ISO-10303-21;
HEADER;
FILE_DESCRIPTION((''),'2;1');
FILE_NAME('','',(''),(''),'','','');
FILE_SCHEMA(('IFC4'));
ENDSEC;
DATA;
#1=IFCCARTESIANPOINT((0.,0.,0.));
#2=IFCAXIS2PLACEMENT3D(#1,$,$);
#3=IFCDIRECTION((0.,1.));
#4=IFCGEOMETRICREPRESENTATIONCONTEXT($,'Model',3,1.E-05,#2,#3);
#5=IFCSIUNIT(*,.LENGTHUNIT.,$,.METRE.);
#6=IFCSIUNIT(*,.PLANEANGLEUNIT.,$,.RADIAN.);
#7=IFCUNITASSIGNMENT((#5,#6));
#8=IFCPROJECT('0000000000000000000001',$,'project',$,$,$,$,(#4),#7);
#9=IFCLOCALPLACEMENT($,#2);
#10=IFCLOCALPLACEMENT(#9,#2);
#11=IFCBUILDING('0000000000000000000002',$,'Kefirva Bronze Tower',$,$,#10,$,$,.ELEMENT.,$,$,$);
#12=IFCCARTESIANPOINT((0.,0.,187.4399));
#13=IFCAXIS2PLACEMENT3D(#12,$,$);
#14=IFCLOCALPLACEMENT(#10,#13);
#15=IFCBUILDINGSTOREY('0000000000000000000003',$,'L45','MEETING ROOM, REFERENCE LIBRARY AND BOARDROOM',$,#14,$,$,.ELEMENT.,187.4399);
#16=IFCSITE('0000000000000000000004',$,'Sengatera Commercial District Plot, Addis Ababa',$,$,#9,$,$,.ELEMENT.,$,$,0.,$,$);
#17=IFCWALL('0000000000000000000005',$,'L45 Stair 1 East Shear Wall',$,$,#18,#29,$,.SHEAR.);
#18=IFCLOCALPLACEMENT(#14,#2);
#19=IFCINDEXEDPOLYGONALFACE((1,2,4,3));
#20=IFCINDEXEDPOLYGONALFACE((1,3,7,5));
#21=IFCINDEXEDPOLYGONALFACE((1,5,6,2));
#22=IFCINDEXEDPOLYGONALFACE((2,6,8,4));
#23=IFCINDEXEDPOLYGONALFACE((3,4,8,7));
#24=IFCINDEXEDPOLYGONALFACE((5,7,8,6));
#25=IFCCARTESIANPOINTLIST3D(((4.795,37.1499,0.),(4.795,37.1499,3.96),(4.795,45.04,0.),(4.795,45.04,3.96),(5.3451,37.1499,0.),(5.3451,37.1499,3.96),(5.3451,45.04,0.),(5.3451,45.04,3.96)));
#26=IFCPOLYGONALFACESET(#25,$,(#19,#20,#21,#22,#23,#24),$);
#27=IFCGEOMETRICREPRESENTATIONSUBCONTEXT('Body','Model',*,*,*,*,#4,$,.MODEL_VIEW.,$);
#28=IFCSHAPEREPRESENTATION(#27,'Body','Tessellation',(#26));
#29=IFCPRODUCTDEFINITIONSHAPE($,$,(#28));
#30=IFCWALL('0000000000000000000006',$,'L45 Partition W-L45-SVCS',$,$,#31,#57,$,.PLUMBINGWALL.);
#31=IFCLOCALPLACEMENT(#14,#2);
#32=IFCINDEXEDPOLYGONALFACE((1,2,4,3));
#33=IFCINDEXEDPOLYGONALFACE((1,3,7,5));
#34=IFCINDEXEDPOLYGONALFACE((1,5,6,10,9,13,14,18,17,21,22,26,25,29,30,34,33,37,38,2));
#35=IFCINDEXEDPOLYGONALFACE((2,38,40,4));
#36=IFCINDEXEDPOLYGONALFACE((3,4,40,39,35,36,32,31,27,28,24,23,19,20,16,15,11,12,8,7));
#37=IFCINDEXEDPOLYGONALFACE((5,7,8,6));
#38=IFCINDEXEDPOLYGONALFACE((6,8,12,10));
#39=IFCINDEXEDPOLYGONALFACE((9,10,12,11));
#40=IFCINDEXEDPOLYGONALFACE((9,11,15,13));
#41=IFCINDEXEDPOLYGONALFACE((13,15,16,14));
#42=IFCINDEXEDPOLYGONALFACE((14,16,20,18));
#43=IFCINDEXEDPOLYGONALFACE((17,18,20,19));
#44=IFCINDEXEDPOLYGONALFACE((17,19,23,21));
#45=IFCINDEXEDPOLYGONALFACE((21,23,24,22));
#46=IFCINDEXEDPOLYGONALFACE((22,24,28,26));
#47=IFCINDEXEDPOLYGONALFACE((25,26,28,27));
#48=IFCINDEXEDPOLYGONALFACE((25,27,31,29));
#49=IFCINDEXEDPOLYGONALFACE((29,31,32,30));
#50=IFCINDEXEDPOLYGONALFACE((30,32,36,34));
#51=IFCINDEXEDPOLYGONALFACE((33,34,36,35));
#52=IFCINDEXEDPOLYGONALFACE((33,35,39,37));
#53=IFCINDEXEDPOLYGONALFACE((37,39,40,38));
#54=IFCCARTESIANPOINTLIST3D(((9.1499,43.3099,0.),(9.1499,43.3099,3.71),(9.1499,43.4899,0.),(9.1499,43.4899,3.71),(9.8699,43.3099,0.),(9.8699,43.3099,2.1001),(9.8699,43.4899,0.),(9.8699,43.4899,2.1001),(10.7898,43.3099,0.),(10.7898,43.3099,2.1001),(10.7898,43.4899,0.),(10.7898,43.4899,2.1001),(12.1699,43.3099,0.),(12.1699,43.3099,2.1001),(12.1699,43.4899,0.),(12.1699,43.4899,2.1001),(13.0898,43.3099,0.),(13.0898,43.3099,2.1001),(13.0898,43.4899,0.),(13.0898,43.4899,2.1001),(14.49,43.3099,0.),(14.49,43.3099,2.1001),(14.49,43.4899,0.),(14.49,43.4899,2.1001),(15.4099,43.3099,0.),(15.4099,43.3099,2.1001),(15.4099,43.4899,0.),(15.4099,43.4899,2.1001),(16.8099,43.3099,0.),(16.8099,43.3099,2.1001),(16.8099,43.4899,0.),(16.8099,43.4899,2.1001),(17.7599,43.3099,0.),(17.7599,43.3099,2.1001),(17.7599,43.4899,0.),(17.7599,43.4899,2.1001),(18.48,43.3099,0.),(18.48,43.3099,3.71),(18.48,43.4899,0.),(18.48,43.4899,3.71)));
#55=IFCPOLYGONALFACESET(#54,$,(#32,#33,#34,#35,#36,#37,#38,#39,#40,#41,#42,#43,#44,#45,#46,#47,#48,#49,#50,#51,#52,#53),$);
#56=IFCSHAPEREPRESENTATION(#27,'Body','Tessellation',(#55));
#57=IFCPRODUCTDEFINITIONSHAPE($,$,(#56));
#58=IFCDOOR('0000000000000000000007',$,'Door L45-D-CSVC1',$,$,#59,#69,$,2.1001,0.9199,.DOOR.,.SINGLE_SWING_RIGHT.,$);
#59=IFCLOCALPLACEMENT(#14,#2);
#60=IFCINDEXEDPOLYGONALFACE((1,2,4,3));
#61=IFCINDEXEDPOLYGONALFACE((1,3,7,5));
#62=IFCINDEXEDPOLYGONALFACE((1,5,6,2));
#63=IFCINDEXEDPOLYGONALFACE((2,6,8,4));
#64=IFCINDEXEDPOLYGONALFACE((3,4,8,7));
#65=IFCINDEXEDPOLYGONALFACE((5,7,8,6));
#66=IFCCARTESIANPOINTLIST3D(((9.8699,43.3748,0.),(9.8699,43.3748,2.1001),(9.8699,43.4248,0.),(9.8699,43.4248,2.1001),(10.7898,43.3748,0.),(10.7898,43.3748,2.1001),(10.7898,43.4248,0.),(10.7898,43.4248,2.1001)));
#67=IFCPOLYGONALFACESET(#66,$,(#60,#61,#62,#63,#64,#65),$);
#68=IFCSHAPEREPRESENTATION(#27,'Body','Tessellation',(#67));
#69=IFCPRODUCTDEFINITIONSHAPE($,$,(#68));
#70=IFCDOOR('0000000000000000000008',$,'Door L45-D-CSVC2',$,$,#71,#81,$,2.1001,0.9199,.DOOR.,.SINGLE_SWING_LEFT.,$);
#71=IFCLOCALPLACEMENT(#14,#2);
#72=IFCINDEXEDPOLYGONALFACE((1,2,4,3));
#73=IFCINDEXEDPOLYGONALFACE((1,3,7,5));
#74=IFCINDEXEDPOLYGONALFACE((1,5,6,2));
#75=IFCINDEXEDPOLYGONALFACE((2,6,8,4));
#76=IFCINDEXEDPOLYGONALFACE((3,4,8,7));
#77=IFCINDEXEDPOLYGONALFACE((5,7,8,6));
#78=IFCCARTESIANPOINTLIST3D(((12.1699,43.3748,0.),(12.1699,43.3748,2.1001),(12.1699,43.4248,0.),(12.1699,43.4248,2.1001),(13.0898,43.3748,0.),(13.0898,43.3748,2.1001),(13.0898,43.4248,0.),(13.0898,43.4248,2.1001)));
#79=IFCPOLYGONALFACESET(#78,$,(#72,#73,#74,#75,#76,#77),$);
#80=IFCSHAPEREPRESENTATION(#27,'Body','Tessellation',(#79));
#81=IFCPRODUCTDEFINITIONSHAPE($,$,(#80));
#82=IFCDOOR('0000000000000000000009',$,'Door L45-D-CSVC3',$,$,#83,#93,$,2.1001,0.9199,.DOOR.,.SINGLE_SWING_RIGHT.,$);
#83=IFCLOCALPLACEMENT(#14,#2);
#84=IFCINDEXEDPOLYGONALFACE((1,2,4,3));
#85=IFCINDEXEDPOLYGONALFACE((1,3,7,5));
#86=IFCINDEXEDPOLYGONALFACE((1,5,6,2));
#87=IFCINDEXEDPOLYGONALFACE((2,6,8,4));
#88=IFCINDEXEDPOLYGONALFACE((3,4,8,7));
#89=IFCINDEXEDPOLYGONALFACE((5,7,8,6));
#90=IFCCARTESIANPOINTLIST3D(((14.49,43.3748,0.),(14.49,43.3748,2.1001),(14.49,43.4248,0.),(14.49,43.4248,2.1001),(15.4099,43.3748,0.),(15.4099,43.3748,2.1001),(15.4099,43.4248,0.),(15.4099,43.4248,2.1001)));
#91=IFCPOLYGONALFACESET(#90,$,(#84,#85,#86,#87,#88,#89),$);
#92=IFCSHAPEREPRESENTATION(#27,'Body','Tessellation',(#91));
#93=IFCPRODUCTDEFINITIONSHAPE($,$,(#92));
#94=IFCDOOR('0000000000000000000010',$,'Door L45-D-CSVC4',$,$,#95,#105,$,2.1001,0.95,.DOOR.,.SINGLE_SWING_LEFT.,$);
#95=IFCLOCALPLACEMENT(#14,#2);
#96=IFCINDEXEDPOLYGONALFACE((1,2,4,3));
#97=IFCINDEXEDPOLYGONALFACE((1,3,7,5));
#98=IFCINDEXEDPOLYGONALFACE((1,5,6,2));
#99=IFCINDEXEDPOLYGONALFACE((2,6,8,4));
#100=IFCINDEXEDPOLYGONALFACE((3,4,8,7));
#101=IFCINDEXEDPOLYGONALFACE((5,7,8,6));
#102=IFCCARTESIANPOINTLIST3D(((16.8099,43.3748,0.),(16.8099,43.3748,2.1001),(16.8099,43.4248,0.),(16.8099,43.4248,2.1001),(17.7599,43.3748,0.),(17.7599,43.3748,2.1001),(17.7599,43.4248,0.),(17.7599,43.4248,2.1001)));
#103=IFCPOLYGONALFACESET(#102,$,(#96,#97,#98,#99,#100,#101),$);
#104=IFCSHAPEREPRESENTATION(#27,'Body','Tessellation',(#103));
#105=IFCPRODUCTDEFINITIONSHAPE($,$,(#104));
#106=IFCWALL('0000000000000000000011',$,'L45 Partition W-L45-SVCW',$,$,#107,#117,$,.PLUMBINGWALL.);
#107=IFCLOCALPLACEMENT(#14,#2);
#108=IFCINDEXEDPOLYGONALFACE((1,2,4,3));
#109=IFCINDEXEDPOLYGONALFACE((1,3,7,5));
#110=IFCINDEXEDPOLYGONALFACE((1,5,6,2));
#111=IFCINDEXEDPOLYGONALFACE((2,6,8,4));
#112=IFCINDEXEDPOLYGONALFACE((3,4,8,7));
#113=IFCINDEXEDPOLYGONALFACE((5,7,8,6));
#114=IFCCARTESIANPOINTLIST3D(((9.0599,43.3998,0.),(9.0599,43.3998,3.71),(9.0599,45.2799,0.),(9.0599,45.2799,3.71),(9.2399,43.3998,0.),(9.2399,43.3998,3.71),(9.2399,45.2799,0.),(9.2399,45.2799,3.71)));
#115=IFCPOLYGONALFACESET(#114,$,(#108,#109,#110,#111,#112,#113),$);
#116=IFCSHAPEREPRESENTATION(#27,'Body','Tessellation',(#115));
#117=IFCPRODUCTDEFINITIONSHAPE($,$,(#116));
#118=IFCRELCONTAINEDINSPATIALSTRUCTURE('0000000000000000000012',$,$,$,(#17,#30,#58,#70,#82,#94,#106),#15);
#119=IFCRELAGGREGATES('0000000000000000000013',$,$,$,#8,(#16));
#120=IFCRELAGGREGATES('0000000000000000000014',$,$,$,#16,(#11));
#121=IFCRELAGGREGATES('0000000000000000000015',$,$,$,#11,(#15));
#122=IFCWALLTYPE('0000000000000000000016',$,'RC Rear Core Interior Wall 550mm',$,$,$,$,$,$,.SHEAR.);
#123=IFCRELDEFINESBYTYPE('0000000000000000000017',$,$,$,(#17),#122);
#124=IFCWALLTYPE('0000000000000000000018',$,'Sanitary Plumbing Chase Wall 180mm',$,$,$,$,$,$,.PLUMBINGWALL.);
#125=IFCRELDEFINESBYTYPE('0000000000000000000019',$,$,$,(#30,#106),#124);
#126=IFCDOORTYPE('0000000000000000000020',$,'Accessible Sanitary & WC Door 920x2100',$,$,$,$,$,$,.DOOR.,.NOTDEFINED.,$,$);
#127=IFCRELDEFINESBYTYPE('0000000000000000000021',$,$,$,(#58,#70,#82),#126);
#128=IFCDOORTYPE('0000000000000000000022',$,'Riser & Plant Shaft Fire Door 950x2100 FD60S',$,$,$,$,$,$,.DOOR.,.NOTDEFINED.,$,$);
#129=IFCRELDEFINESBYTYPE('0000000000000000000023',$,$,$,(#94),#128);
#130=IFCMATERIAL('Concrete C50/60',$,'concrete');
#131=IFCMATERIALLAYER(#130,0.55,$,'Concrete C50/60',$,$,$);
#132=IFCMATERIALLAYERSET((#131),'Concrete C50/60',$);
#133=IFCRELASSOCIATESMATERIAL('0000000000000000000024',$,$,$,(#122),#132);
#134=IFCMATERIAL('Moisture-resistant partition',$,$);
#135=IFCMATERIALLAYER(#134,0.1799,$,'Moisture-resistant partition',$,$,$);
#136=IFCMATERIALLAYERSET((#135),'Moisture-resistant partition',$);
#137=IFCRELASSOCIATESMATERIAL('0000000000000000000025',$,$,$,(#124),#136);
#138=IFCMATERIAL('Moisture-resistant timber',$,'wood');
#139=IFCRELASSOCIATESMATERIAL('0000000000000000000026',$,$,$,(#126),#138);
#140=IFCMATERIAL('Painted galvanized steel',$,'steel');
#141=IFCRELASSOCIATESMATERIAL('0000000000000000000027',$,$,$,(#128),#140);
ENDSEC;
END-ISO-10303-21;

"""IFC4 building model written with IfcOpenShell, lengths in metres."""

from ifc_helpers import new_model, si_unit, direction, frame, frame_2d, origin, place, context, subcontext, project, spatial, rectangle, extrude, material, layer, layer_set, type_object, element, fill, save


model = new_model("IFC4")

# Units and contexts
model_context = context("Model", 3, precision=1e-05, world=origin(), true_north=direction((0.0, 1.0)))
body_context = subcontext(model_context, "Body", "Model", "MODEL_VIEW")
ifc_project = project(units=[si_unit("LENGTHUNIT", "METRE"), si_unit("PLANEANGLEUNIT", "RADIAN")], contexts=[model_context])

# Site, building, storey
site_placement = place(None, origin())
site = spatial("IfcSite", under=ifc_project, at=site_placement, Name="Sengatera Commercial District Plot, Addis Ababa", CompositionType="ELEMENT", RefElevation=0.0)
building_placement = place(site_placement, origin())
building = spatial("IfcBuilding", under=site, at=building_placement, Name="Kefirva Bronze Tower", CompositionType="ELEMENT")
storey_placement = place(building_placement, frame((0.0, 0.0, 187.4399)))
storey = spatial("IfcBuildingStorey", under=building, at=storey_placement, Name="L45", Description="MEETING ROOM, REFERENCE LIBRARY AND BOARDROOM", CompositionType="ELEMENT", Elevation=187.4399)

# Wall
ifc_material_1 = material(Name="Concrete C50/60", Category="concrete")
ifc_layer_1 = layer(ifc_material_1, 0.55, Name="Concrete C50/60")
ifc_layer_set_1 = layer_set([ifc_layer_1], Name="Concrete C50/60")
wall_type_1 = type_object("IfcWallType", Name="RC Rear Core Interior Wall 550mm", PredefinedType="SHEAR", material=ifc_layer_set_1)
wall_1_placement = place(storey_placement, frame((5.0701, 37.1499, 0.0), z_axis=(0.0, 0.0, 1.0), x_axis=(0.0, 1.0, 0.0)))
element("IfcWall", 1, at=wall_1_placement, inside=storey, type_object=wall_type_1, Name="L45 Stair 1 East Shear Wall", PredefinedType="SHEAR", context=body_context, shape_type="SweptSolid", body=[
    extrude(rectangle(XDim=7.8901, YDim=0.55, at=frame_2d((3.9451, 0.0))), origin(), (0.0, 0.0, 1.0), 3.96),
])

# Wall, openings, doors
ifc_material_2 = material(Name="Moisture-resistant partition")
ifc_layer_2 = layer(ifc_material_2, 0.1799, Name="Moisture-resistant partition")
ifc_layer_set_2 = layer_set([ifc_layer_2], Name="Moisture-resistant partition")
wall_type_2 = type_object("IfcWallType", Name="Sanitary Plumbing Chase Wall 180mm", PredefinedType="PLUMBINGWALL", material=ifc_layer_set_2)
wall_2_placement = place(storey_placement, frame((9.1499, 43.3999, 0.0), z_axis=(0.0, 0.0, 1.0), x_axis=(1.0, 0.0, 0.0)))
wall_2 = element("IfcWall", 2, at=wall_2_placement, inside=storey, type_object=wall_type_2, Name="L45 Partition W-L45-SVCS", PredefinedType="PLUMBINGWALL", context=body_context, shape_type="SweptSolid", body=[
    extrude(rectangle(XDim=9.3301, YDim=0.1799, at=frame_2d((4.665, 0.0))), origin(), (0.0, 0.0, 1.0), 3.71),
])
opening_1_placement = place(wall_2_placement, frame((0.72, 0.0, 0.0)))
opening_1 = element("IfcOpeningElement", 3, at=opening_1_placement, cuts=wall_2, PredefinedType="OPENING", context=body_context, shape_type="SweptSolid", body=[
    extrude(rectangle(XDim=0.9199, YDim=2.1001, at=frame_2d((0.46, 1.05))), frame((0.0, 0.1001, 0.0), z_axis=(0.0, -1.0, 0.0), x_axis=(1.0, 0.0, 0.0)), (0.0, 0.0, 1.0), 0.2),
])
opening_2_placement = place(wall_2_placement, frame((3.02, 0.0, 0.0)))
opening_2 = element("IfcOpeningElement", 4, at=opening_2_placement, cuts=wall_2, PredefinedType="OPENING", context=body_context, shape_type="SweptSolid", body=[
    extrude(rectangle(XDim=0.9199, YDim=2.1001, at=frame_2d((0.46, 1.05))), frame((0.0, 0.1001, 0.0), z_axis=(0.0, -1.0, 0.0), x_axis=(1.0, 0.0, 0.0)), (0.0, 0.0, 1.0), 0.2),
])
opening_3_placement = place(wall_2_placement, frame((5.3401, 0.0, 0.0)))
opening_3 = element("IfcOpeningElement", 5, at=opening_3_placement, cuts=wall_2, PredefinedType="OPENING", context=body_context, shape_type="SweptSolid", body=[
    extrude(rectangle(XDim=0.9199, YDim=2.1001, at=frame_2d((0.46, 1.05))), frame((0.0, 0.1001, 0.0), z_axis=(0.0, -1.0, 0.0), x_axis=(1.0, 0.0, 0.0)), (0.0, 0.0, 1.0), 0.2),
])
opening_4_placement = place(wall_2_placement, frame((7.6599, 0.0, 0.0)))
opening_4 = element("IfcOpeningElement", 6, at=opening_4_placement, cuts=wall_2, PredefinedType="OPENING", context=body_context, shape_type="SweptSolid", body=[
    extrude(rectangle(XDim=0.95, YDim=2.1001, at=frame_2d((0.4751, 1.05))), frame((0.0, 0.1001, 0.0), z_axis=(0.0, -1.0, 0.0), x_axis=(1.0, 0.0, 0.0)), (0.0, 0.0, 1.0), 0.2),
])
ifc_material_3 = material(Name="Moisture-resistant timber", Category="wood")
door_type_1 = type_object("IfcDoorType", Name="Accessible Sanitary & WC Door 920x2100", OperationType="NOTDEFINED", PredefinedType="DOOR", material=ifc_material_3)
door_1_placement = place(opening_1_placement, origin())
door_1 = element("IfcDoor", 7, at=door_1_placement, inside=storey, type_object=door_type_1, Name="Door L45-D-CSVC1", OperationType="SINGLE_SWING_RIGHT", OverallHeight=2.1001, OverallWidth=0.9199, PredefinedType="DOOR", context=body_context, shape_type="SweptSolid", body=[
    extrude(rectangle(XDim=0.9199, YDim=2.1001, at=frame_2d((0.46, 1.05))), frame((0.0, 0.0249, 0.0), z_axis=(0.0, -1.0, 0.0), x_axis=(1.0, 0.0, 0.0)), (0.0, 0.0, 1.0), 0.05),
])
fill(opening_1, door_1)
door_2_placement = place(opening_2_placement, origin())
door_2 = element("IfcDoor", 8, at=door_2_placement, inside=storey, type_object=door_type_1, Name="Door L45-D-CSVC2", OperationType="SINGLE_SWING_LEFT", OverallHeight=2.1001, OverallWidth=0.9199, PredefinedType="DOOR", context=body_context, shape_type="SweptSolid", body=[
    extrude(rectangle(XDim=0.9199, YDim=2.1001, at=frame_2d((0.46, 1.05))), frame((0.0, 0.0249, 0.0), z_axis=(0.0, -1.0, 0.0), x_axis=(1.0, 0.0, 0.0)), (0.0, 0.0, 1.0), 0.05),
])
fill(opening_2, door_2)
door_3_placement = place(opening_3_placement, origin())
door_3 = element("IfcDoor", 9, at=door_3_placement, inside=storey, type_object=door_type_1, Name="Door L45-D-CSVC3", OperationType="SINGLE_SWING_RIGHT", OverallHeight=2.1001, OverallWidth=0.9199, PredefinedType="DOOR", context=body_context, shape_type="SweptSolid", body=[
    extrude(rectangle(XDim=0.9199, YDim=2.1001, at=frame_2d((0.46, 1.05))), frame((0.0, 0.0249, 0.0), z_axis=(0.0, -1.0, 0.0), x_axis=(1.0, 0.0, 0.0)), (0.0, 0.0, 1.0), 0.05),
])
fill(opening_3, door_3)
ifc_material_4 = material(Name="Painted galvanized steel", Category="steel")
door_type_2 = type_object("IfcDoorType", Name="Riser & Plant Shaft Fire Door 950x2100 FD60S", OperationType="NOTDEFINED", PredefinedType="DOOR", material=ifc_material_4)
door_4_placement = place(opening_4_placement, origin())
door_4 = element("IfcDoor", 10, at=door_4_placement, inside=storey, type_object=door_type_2, Name="Door L45-D-CSVC4", OperationType="SINGLE_SWING_LEFT", OverallHeight=2.1001, OverallWidth=0.95, PredefinedType="DOOR", context=body_context, shape_type="SweptSolid", body=[
    extrude(rectangle(XDim=0.95, YDim=2.1001, at=frame_2d((0.4751, 1.05))), frame((0.0, 0.0249, 0.0), z_axis=(0.0, -1.0, 0.0), x_axis=(1.0, 0.0, 0.0)), (0.0, 0.0, 1.0), 0.05),
])
fill(opening_4, door_4)

# Wall
wall_3_placement = place(storey_placement, frame((9.1499, 43.3999, 0.0), z_axis=(0.0, 0.0, 1.0), x_axis=(0.0, 1.0, 0.0)))
element("IfcWall", 11, at=wall_3_placement, inside=storey, type_object=wall_type_2, Name="L45 Partition W-L45-SVCW", PredefinedType="PLUMBINGWALL", context=body_context, shape_type="SweptSolid", body=[
    extrude(rectangle(XDim=1.8801, YDim=0.1799, at=frame_2d((0.9399, 0.0))), origin(), (0.0, 0.0, 1.0), 3.71),
])

save(model, "model.ifc")
